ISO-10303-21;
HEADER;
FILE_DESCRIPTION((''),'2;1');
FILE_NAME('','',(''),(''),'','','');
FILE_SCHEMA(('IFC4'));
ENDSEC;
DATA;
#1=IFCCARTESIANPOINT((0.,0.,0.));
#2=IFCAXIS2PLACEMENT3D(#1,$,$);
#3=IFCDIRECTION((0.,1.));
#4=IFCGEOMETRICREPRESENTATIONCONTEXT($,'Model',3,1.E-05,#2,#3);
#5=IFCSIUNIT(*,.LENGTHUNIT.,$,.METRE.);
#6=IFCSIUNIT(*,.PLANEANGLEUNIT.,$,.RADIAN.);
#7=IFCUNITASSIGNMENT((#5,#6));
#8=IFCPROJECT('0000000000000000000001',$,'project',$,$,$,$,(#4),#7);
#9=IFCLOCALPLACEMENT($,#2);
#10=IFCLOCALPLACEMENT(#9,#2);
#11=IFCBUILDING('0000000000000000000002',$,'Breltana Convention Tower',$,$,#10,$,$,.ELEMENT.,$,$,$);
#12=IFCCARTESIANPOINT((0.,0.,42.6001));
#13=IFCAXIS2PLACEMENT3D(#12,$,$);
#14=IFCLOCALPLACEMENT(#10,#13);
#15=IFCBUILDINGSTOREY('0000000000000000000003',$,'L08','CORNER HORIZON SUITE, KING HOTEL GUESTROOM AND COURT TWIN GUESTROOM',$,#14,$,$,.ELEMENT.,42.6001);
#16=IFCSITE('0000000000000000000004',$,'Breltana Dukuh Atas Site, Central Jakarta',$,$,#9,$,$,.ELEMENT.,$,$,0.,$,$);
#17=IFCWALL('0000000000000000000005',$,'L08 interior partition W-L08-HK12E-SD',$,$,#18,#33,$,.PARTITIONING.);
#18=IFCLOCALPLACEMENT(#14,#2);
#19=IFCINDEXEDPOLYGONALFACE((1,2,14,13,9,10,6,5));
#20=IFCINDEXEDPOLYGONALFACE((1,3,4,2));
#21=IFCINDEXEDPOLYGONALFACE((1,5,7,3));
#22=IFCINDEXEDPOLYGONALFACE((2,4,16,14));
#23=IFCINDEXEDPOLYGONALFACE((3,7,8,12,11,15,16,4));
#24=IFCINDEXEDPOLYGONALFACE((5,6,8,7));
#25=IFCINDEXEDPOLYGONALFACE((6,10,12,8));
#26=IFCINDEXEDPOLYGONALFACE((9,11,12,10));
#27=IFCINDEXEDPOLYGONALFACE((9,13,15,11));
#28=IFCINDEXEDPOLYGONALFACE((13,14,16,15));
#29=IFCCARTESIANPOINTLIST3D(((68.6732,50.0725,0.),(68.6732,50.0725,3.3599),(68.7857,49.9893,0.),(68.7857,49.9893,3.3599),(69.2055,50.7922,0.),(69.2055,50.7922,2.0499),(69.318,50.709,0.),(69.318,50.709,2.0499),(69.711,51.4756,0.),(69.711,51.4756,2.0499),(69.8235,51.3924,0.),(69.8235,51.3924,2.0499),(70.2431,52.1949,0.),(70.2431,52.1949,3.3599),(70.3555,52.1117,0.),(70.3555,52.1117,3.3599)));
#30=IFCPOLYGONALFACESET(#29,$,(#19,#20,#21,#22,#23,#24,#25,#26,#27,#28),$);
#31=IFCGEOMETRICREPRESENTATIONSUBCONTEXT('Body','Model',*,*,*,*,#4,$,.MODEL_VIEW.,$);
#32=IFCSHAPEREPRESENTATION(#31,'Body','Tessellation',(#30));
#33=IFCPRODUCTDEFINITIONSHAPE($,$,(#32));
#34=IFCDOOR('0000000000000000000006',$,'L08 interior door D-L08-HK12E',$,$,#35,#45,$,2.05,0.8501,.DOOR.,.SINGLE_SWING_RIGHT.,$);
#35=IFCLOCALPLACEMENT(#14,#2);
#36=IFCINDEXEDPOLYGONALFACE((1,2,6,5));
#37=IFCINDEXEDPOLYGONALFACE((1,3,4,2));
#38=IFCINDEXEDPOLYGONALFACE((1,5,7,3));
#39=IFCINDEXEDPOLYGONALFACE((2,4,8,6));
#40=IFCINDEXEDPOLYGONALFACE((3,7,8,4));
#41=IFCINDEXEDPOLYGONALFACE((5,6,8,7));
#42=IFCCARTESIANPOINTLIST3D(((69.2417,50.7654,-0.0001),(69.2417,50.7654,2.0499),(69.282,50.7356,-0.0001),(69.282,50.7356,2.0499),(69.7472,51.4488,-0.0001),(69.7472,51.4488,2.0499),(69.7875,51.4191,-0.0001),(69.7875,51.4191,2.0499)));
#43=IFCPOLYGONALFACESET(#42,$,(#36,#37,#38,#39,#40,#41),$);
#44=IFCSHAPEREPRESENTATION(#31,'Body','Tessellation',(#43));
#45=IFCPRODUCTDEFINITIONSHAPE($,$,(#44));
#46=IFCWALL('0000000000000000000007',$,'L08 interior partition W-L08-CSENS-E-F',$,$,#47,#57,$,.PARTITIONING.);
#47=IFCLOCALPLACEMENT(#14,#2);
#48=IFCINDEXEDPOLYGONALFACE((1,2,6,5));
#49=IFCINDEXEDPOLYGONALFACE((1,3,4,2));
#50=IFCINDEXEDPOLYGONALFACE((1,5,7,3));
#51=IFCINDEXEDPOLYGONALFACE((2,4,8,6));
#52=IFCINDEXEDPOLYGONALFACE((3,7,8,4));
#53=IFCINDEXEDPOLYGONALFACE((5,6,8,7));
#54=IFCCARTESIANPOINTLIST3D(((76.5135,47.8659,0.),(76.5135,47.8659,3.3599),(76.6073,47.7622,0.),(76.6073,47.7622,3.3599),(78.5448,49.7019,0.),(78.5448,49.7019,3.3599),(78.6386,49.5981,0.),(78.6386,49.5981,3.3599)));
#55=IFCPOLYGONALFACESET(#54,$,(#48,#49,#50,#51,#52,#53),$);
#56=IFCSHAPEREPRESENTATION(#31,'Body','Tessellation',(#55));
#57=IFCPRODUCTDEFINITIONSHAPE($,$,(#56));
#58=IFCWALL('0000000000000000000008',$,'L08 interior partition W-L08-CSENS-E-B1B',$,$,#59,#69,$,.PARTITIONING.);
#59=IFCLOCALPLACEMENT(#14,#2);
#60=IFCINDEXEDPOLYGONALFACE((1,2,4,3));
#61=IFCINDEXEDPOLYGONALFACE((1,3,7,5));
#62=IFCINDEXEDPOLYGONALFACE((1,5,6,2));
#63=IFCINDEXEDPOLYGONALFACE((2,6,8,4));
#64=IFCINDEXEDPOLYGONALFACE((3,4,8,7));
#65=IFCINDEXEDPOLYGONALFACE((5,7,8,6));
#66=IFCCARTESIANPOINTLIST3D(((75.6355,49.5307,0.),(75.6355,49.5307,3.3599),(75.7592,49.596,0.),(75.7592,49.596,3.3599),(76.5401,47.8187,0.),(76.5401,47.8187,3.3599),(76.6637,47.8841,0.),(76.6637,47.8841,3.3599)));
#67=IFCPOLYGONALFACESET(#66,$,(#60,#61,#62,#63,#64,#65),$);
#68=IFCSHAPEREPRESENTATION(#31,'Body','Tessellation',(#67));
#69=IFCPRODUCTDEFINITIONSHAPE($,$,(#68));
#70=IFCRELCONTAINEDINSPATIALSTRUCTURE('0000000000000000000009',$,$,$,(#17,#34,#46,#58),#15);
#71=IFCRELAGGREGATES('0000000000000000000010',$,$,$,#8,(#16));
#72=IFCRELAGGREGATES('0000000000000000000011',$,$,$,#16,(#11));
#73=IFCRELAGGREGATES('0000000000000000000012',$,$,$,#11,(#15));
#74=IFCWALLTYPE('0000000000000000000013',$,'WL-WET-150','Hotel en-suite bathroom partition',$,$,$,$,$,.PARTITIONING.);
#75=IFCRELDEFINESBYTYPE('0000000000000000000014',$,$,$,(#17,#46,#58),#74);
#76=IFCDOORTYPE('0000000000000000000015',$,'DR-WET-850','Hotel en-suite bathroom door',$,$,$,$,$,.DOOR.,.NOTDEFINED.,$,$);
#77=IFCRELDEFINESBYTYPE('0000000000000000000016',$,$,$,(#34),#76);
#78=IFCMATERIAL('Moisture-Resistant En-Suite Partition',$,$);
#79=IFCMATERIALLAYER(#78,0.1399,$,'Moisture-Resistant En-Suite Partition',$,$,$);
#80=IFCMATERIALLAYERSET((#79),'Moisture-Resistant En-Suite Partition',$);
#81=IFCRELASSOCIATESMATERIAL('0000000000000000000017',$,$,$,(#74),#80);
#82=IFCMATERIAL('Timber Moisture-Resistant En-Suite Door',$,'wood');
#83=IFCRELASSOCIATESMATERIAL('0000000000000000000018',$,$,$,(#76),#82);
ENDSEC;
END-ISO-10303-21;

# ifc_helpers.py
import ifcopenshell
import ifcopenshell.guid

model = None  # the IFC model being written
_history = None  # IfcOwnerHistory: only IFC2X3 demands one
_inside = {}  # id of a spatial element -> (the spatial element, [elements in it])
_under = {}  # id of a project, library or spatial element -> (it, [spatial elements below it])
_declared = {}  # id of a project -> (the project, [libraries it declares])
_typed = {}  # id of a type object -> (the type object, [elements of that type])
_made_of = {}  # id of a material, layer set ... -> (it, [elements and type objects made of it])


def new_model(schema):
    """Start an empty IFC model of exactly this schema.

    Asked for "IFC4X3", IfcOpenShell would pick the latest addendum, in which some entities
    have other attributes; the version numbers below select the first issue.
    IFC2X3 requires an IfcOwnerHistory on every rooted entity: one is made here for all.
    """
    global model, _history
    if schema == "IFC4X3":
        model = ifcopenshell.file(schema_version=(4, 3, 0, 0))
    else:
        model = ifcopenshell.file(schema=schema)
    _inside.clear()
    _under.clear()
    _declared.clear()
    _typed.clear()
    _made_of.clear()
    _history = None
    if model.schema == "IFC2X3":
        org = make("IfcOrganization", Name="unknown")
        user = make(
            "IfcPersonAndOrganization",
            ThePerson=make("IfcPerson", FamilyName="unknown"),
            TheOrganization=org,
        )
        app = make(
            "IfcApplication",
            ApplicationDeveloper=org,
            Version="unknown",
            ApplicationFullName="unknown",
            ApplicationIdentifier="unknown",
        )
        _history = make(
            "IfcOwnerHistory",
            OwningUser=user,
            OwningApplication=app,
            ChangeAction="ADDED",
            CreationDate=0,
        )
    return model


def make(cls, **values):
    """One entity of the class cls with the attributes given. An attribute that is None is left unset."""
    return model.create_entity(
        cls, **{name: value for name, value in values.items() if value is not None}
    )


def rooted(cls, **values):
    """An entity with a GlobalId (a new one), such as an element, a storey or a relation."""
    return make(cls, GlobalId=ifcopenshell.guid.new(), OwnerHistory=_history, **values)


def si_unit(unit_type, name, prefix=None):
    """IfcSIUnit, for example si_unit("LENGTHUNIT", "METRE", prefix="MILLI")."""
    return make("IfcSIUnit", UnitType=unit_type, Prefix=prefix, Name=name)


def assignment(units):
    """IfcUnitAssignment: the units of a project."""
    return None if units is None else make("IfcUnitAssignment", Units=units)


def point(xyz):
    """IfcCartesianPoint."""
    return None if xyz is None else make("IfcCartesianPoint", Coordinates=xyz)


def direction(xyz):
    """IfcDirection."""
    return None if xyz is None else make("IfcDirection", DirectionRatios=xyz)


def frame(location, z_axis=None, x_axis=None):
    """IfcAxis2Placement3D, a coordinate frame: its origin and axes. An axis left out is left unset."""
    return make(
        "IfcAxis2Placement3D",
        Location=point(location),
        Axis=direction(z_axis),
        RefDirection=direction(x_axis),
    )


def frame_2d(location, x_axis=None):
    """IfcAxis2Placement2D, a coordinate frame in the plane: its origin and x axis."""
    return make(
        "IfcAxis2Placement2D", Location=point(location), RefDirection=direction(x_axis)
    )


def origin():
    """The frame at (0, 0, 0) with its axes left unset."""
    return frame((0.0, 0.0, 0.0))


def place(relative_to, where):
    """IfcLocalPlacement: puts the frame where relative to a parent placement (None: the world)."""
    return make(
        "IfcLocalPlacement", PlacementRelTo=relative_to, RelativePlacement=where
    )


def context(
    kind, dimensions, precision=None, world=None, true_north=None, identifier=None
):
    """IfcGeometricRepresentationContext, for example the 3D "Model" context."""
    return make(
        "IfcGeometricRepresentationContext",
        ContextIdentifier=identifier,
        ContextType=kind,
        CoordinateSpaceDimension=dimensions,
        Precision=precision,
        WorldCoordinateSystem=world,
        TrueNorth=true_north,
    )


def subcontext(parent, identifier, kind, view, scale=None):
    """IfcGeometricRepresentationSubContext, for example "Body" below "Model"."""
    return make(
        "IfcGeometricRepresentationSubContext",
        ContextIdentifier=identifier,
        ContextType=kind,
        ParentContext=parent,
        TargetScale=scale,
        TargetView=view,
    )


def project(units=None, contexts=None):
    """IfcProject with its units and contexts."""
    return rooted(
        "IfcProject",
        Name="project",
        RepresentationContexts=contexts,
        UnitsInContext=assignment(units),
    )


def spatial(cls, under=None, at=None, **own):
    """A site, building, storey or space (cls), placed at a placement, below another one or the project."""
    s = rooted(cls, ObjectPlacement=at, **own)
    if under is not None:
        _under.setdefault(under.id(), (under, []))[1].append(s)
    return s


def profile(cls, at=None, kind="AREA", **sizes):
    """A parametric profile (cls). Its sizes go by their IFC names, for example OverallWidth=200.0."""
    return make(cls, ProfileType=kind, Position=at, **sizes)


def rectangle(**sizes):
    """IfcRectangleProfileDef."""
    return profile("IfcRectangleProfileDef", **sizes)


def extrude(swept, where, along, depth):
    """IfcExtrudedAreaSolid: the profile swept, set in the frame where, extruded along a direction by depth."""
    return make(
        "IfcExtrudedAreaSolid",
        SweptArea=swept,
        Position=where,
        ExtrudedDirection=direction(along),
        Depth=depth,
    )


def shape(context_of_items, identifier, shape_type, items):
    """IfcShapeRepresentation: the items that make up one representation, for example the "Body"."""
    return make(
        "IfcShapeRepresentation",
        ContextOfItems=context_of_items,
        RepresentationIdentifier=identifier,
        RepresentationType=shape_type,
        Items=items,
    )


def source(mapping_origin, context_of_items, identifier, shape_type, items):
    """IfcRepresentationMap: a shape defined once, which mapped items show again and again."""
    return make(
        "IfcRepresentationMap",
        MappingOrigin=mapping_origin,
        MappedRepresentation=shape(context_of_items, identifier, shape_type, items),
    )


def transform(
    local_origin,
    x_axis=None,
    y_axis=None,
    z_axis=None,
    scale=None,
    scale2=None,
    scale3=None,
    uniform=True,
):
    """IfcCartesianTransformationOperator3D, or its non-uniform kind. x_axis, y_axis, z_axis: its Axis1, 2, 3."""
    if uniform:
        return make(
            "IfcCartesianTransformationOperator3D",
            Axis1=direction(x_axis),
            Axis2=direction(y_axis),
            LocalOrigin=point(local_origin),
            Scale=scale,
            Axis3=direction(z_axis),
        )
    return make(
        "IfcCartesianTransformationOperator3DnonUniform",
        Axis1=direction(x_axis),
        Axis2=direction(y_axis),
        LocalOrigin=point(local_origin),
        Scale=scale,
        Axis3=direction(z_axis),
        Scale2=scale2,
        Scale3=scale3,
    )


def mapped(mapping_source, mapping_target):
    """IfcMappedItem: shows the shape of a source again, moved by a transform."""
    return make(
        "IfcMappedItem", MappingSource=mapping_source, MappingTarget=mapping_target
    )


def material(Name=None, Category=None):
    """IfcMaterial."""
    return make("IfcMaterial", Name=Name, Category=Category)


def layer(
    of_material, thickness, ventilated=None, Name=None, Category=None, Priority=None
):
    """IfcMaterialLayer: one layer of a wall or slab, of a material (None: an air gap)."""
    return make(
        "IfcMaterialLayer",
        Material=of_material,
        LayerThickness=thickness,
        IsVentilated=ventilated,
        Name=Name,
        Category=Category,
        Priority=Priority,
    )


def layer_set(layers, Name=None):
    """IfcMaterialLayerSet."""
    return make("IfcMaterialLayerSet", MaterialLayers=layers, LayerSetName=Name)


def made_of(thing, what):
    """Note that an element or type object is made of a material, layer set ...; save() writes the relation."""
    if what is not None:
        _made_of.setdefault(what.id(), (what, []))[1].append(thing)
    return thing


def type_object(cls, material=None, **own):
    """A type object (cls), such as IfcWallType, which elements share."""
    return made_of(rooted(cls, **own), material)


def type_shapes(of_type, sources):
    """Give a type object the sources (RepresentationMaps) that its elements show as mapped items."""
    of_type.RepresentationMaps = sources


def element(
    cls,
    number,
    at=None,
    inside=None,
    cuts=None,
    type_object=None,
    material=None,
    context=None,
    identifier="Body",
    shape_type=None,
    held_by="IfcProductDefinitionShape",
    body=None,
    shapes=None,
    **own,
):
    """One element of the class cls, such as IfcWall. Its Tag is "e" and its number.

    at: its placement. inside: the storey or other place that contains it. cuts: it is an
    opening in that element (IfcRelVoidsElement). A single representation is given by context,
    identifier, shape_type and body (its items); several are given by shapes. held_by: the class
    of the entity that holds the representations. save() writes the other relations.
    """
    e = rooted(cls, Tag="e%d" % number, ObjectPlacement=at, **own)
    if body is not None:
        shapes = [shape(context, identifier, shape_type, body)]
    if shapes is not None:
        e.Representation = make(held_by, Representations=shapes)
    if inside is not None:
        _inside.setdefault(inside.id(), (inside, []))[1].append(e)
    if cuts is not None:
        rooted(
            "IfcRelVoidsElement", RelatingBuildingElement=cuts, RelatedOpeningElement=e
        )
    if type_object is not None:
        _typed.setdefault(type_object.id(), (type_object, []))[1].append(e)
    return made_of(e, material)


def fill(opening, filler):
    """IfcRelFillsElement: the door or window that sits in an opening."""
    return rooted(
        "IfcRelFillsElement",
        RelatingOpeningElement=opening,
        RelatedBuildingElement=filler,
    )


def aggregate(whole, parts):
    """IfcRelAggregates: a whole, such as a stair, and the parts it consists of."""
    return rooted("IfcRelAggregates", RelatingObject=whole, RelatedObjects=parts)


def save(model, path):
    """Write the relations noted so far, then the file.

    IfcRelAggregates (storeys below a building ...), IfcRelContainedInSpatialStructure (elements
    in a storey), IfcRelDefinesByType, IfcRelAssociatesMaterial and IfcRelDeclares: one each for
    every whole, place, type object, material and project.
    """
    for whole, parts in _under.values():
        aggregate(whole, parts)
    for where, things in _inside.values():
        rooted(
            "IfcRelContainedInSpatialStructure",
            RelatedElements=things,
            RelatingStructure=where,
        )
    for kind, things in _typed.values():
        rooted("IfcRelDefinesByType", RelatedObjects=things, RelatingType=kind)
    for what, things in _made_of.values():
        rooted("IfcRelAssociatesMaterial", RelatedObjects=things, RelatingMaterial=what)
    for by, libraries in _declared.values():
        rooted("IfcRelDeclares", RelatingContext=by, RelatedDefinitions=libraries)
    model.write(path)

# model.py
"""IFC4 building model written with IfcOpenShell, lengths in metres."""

from ifc_helpers import new_model, si_unit, direction, frame, frame_2d, origin, place, context, subcontext, project, spatial, rectangle, extrude, source, transform, mapped, material, layer, layer_set, type_object, type_shapes, element, fill, save


model = new_model("IFC4")

# Units and contexts
model_context = context("Model", 3, precision=1e-05, world=origin(), true_north=direction((0.0, 1.0)))
body_context = subcontext(model_context, "Body", "Model", "MODEL_VIEW")
ifc_project = project(units=[si_unit("LENGTHUNIT", "METRE"), si_unit("PLANEANGLEUNIT", "RADIAN")], contexts=[model_context])

# Site, building, storey
site_placement = place(None, origin())
site = spatial("IfcSite", under=ifc_project, at=site_placement, Name="Breltana Dukuh Atas Site, Central Jakarta", CompositionType="ELEMENT", RefElevation=0.0)
building_placement = place(site_placement, origin())
building = spatial("IfcBuilding", under=site, at=building_placement, Name="Breltana Convention Tower", CompositionType="ELEMENT")
storey_placement = place(building_placement, frame((0.0, 0.0, 42.6001)))
storey = spatial("IfcBuildingStorey", under=building, at=storey_placement, Name="L08", Description="CORNER HORIZON SUITE, KING HOTEL GUESTROOM AND COURT TWIN GUESTROOM", CompositionType="ELEMENT", Elevation=42.6001)

# Shared definitions
ifc_material_1 = material(Name="Moisture-Resistant En-Suite Partition")
ifc_layer_1 = layer(ifc_material_1, 0.1399, Name="Moisture-Resistant En-Suite Partition")
ifc_layer_set_1 = layer_set([ifc_layer_1], Name="Moisture-Resistant En-Suite Partition")
wall_type_1 = type_object("IfcWallType", Name="WL-WET-150", Description="Hotel en-suite bathroom partition", PredefinedType="PARTITIONING", material=ifc_layer_set_1)

# Wall, opening, door
shared_shape_1 = source(origin(), body_context, "Body", "SweptSolid", [
    extrude(rectangle(XDim=2.6399, YDim=0.1399, at=frame_2d((1.3198, 0.0))), origin(), (0.0, 0.0, 1.0), 3.3599),
])
wall_1_placement = place(storey_placement, frame((68.7295, 50.031, 0.0), z_axis=(0.0, 0.0, 1.0), x_axis=(0.594674, 0.803967, 0.0)))
wall_1 = element("IfcWall", 1, at=wall_1_placement, inside=storey, type_object=wall_type_1, Name="L08 interior partition W-L08-HK12E-SD", PredefinedType="PARTITIONING", context=body_context, shape_type="MappedRepresentation", body=[
    mapped(shared_shape_1, transform((0.0, 0.0, 0.0), scale=1.0)),
])
opening_1_placement = place(wall_1_placement, frame((0.895, 0.0, 0.0)))
opening_1 = element("IfcOpeningElement", 2, at=opening_1_placement, cuts=wall_1, PredefinedType="OPENING", context=body_context, shape_type="SweptSolid", body=[
    extrude(rectangle(XDim=0.8501, YDim=2.05, at=frame_2d((0.425, 1.0249))), frame((0.0, 0.0801, 0.0), z_axis=(0.0, -1.0, 0.0), x_axis=(1.0, 0.0, 0.0)), (0.0, 0.0, 1.0), 0.1599),
])
ifc_material_2 = material(Name="Timber Moisture-Resistant En-Suite Door", Category="wood")
door_type_1 = type_object("IfcDoorType", Name="DR-WET-850", Description="Hotel en-suite bathroom door", OperationType="NOTDEFINED", PredefinedType="DOOR", material=ifc_material_2)
shared_shape_2 = source(origin(), body_context, "Body", "SweptSolid", [
    extrude(rectangle(XDim=0.8501, YDim=2.05, at=frame_2d((0.425, 1.0249))), frame((0.0, 0.0249, 0.0), z_axis=(0.0, -1.0, 0.0), x_axis=(1.0, 0.0, 0.0)), (0.0, 0.0, 1.0), 0.05),
])
type_shapes(door_type_1, [shared_shape_2])
door_1_placement = place(opening_1_placement, origin())
door_1 = element("IfcDoor", 3, at=door_1_placement, inside=storey, type_object=door_type_1, Name="L08 interior door D-L08-HK12E", OperationType="SINGLE_SWING_RIGHT", OverallHeight=2.05, OverallWidth=0.8501, PredefinedType="DOOR", context=body_context, shape_type="MappedRepresentation", body=[
    mapped(shared_shape_2, transform((0.0, 0.0, 0.0), scale=1.0)),
])
fill(opening_1, door_1)

# Walls
shared_shape_3 = source(origin(), body_context, "Body", "SweptSolid", [
    extrude(rectangle(XDim=2.738, YDim=0.1399, at=frame_2d((1.3691, 0.0))), origin(), (0.0, 0.0, 1.0), 3.3599),
])
wall_2_placement = place(storey_placement, frame((76.5603, 47.814, 0.0), z_axis=(0.0, 0.0, 1.0), x_axis=(0.741874, 0.67054, 0.0)))
element("IfcWall", 4, at=wall_2_placement, inside=storey, type_object=wall_type_1, Name="L08 interior partition W-L08-CSENS-E-F", PredefinedType="PARTITIONING", context=body_context, shape_type="MappedRepresentation", body=[
    mapped(shared_shape_3, transform((0.0, 0.0, 0.0), scale=1.0)),
])
shared_shape_4 = source(origin(), body_context, "Body", "SweptSolid", [
    extrude(rectangle(XDim=1.9363, YDim=0.1399, at=frame_2d((0.9683, 0.0))), origin(), (0.0, 0.0, 1.0), 3.3599),
])
wall_3_placement = place(storey_placement, frame((75.6973, 49.5635, 0.0), z_axis=(0.0, 0.0, 1.0), x_axis=(0.467175, -0.884165, 0.0)))
element("IfcWall", 5, at=wall_3_placement, inside=storey, type_object=wall_type_1, Name="L08 interior partition W-L08-CSENS-E-B1B", PredefinedType="PARTITIONING", context=body_context, shape_type="MappedRepresentation", body=[
    mapped(shared_shape_4, transform((0.0, 0.0, 0.0), scale=1.0)),
])

save(model, "model.ifc")
